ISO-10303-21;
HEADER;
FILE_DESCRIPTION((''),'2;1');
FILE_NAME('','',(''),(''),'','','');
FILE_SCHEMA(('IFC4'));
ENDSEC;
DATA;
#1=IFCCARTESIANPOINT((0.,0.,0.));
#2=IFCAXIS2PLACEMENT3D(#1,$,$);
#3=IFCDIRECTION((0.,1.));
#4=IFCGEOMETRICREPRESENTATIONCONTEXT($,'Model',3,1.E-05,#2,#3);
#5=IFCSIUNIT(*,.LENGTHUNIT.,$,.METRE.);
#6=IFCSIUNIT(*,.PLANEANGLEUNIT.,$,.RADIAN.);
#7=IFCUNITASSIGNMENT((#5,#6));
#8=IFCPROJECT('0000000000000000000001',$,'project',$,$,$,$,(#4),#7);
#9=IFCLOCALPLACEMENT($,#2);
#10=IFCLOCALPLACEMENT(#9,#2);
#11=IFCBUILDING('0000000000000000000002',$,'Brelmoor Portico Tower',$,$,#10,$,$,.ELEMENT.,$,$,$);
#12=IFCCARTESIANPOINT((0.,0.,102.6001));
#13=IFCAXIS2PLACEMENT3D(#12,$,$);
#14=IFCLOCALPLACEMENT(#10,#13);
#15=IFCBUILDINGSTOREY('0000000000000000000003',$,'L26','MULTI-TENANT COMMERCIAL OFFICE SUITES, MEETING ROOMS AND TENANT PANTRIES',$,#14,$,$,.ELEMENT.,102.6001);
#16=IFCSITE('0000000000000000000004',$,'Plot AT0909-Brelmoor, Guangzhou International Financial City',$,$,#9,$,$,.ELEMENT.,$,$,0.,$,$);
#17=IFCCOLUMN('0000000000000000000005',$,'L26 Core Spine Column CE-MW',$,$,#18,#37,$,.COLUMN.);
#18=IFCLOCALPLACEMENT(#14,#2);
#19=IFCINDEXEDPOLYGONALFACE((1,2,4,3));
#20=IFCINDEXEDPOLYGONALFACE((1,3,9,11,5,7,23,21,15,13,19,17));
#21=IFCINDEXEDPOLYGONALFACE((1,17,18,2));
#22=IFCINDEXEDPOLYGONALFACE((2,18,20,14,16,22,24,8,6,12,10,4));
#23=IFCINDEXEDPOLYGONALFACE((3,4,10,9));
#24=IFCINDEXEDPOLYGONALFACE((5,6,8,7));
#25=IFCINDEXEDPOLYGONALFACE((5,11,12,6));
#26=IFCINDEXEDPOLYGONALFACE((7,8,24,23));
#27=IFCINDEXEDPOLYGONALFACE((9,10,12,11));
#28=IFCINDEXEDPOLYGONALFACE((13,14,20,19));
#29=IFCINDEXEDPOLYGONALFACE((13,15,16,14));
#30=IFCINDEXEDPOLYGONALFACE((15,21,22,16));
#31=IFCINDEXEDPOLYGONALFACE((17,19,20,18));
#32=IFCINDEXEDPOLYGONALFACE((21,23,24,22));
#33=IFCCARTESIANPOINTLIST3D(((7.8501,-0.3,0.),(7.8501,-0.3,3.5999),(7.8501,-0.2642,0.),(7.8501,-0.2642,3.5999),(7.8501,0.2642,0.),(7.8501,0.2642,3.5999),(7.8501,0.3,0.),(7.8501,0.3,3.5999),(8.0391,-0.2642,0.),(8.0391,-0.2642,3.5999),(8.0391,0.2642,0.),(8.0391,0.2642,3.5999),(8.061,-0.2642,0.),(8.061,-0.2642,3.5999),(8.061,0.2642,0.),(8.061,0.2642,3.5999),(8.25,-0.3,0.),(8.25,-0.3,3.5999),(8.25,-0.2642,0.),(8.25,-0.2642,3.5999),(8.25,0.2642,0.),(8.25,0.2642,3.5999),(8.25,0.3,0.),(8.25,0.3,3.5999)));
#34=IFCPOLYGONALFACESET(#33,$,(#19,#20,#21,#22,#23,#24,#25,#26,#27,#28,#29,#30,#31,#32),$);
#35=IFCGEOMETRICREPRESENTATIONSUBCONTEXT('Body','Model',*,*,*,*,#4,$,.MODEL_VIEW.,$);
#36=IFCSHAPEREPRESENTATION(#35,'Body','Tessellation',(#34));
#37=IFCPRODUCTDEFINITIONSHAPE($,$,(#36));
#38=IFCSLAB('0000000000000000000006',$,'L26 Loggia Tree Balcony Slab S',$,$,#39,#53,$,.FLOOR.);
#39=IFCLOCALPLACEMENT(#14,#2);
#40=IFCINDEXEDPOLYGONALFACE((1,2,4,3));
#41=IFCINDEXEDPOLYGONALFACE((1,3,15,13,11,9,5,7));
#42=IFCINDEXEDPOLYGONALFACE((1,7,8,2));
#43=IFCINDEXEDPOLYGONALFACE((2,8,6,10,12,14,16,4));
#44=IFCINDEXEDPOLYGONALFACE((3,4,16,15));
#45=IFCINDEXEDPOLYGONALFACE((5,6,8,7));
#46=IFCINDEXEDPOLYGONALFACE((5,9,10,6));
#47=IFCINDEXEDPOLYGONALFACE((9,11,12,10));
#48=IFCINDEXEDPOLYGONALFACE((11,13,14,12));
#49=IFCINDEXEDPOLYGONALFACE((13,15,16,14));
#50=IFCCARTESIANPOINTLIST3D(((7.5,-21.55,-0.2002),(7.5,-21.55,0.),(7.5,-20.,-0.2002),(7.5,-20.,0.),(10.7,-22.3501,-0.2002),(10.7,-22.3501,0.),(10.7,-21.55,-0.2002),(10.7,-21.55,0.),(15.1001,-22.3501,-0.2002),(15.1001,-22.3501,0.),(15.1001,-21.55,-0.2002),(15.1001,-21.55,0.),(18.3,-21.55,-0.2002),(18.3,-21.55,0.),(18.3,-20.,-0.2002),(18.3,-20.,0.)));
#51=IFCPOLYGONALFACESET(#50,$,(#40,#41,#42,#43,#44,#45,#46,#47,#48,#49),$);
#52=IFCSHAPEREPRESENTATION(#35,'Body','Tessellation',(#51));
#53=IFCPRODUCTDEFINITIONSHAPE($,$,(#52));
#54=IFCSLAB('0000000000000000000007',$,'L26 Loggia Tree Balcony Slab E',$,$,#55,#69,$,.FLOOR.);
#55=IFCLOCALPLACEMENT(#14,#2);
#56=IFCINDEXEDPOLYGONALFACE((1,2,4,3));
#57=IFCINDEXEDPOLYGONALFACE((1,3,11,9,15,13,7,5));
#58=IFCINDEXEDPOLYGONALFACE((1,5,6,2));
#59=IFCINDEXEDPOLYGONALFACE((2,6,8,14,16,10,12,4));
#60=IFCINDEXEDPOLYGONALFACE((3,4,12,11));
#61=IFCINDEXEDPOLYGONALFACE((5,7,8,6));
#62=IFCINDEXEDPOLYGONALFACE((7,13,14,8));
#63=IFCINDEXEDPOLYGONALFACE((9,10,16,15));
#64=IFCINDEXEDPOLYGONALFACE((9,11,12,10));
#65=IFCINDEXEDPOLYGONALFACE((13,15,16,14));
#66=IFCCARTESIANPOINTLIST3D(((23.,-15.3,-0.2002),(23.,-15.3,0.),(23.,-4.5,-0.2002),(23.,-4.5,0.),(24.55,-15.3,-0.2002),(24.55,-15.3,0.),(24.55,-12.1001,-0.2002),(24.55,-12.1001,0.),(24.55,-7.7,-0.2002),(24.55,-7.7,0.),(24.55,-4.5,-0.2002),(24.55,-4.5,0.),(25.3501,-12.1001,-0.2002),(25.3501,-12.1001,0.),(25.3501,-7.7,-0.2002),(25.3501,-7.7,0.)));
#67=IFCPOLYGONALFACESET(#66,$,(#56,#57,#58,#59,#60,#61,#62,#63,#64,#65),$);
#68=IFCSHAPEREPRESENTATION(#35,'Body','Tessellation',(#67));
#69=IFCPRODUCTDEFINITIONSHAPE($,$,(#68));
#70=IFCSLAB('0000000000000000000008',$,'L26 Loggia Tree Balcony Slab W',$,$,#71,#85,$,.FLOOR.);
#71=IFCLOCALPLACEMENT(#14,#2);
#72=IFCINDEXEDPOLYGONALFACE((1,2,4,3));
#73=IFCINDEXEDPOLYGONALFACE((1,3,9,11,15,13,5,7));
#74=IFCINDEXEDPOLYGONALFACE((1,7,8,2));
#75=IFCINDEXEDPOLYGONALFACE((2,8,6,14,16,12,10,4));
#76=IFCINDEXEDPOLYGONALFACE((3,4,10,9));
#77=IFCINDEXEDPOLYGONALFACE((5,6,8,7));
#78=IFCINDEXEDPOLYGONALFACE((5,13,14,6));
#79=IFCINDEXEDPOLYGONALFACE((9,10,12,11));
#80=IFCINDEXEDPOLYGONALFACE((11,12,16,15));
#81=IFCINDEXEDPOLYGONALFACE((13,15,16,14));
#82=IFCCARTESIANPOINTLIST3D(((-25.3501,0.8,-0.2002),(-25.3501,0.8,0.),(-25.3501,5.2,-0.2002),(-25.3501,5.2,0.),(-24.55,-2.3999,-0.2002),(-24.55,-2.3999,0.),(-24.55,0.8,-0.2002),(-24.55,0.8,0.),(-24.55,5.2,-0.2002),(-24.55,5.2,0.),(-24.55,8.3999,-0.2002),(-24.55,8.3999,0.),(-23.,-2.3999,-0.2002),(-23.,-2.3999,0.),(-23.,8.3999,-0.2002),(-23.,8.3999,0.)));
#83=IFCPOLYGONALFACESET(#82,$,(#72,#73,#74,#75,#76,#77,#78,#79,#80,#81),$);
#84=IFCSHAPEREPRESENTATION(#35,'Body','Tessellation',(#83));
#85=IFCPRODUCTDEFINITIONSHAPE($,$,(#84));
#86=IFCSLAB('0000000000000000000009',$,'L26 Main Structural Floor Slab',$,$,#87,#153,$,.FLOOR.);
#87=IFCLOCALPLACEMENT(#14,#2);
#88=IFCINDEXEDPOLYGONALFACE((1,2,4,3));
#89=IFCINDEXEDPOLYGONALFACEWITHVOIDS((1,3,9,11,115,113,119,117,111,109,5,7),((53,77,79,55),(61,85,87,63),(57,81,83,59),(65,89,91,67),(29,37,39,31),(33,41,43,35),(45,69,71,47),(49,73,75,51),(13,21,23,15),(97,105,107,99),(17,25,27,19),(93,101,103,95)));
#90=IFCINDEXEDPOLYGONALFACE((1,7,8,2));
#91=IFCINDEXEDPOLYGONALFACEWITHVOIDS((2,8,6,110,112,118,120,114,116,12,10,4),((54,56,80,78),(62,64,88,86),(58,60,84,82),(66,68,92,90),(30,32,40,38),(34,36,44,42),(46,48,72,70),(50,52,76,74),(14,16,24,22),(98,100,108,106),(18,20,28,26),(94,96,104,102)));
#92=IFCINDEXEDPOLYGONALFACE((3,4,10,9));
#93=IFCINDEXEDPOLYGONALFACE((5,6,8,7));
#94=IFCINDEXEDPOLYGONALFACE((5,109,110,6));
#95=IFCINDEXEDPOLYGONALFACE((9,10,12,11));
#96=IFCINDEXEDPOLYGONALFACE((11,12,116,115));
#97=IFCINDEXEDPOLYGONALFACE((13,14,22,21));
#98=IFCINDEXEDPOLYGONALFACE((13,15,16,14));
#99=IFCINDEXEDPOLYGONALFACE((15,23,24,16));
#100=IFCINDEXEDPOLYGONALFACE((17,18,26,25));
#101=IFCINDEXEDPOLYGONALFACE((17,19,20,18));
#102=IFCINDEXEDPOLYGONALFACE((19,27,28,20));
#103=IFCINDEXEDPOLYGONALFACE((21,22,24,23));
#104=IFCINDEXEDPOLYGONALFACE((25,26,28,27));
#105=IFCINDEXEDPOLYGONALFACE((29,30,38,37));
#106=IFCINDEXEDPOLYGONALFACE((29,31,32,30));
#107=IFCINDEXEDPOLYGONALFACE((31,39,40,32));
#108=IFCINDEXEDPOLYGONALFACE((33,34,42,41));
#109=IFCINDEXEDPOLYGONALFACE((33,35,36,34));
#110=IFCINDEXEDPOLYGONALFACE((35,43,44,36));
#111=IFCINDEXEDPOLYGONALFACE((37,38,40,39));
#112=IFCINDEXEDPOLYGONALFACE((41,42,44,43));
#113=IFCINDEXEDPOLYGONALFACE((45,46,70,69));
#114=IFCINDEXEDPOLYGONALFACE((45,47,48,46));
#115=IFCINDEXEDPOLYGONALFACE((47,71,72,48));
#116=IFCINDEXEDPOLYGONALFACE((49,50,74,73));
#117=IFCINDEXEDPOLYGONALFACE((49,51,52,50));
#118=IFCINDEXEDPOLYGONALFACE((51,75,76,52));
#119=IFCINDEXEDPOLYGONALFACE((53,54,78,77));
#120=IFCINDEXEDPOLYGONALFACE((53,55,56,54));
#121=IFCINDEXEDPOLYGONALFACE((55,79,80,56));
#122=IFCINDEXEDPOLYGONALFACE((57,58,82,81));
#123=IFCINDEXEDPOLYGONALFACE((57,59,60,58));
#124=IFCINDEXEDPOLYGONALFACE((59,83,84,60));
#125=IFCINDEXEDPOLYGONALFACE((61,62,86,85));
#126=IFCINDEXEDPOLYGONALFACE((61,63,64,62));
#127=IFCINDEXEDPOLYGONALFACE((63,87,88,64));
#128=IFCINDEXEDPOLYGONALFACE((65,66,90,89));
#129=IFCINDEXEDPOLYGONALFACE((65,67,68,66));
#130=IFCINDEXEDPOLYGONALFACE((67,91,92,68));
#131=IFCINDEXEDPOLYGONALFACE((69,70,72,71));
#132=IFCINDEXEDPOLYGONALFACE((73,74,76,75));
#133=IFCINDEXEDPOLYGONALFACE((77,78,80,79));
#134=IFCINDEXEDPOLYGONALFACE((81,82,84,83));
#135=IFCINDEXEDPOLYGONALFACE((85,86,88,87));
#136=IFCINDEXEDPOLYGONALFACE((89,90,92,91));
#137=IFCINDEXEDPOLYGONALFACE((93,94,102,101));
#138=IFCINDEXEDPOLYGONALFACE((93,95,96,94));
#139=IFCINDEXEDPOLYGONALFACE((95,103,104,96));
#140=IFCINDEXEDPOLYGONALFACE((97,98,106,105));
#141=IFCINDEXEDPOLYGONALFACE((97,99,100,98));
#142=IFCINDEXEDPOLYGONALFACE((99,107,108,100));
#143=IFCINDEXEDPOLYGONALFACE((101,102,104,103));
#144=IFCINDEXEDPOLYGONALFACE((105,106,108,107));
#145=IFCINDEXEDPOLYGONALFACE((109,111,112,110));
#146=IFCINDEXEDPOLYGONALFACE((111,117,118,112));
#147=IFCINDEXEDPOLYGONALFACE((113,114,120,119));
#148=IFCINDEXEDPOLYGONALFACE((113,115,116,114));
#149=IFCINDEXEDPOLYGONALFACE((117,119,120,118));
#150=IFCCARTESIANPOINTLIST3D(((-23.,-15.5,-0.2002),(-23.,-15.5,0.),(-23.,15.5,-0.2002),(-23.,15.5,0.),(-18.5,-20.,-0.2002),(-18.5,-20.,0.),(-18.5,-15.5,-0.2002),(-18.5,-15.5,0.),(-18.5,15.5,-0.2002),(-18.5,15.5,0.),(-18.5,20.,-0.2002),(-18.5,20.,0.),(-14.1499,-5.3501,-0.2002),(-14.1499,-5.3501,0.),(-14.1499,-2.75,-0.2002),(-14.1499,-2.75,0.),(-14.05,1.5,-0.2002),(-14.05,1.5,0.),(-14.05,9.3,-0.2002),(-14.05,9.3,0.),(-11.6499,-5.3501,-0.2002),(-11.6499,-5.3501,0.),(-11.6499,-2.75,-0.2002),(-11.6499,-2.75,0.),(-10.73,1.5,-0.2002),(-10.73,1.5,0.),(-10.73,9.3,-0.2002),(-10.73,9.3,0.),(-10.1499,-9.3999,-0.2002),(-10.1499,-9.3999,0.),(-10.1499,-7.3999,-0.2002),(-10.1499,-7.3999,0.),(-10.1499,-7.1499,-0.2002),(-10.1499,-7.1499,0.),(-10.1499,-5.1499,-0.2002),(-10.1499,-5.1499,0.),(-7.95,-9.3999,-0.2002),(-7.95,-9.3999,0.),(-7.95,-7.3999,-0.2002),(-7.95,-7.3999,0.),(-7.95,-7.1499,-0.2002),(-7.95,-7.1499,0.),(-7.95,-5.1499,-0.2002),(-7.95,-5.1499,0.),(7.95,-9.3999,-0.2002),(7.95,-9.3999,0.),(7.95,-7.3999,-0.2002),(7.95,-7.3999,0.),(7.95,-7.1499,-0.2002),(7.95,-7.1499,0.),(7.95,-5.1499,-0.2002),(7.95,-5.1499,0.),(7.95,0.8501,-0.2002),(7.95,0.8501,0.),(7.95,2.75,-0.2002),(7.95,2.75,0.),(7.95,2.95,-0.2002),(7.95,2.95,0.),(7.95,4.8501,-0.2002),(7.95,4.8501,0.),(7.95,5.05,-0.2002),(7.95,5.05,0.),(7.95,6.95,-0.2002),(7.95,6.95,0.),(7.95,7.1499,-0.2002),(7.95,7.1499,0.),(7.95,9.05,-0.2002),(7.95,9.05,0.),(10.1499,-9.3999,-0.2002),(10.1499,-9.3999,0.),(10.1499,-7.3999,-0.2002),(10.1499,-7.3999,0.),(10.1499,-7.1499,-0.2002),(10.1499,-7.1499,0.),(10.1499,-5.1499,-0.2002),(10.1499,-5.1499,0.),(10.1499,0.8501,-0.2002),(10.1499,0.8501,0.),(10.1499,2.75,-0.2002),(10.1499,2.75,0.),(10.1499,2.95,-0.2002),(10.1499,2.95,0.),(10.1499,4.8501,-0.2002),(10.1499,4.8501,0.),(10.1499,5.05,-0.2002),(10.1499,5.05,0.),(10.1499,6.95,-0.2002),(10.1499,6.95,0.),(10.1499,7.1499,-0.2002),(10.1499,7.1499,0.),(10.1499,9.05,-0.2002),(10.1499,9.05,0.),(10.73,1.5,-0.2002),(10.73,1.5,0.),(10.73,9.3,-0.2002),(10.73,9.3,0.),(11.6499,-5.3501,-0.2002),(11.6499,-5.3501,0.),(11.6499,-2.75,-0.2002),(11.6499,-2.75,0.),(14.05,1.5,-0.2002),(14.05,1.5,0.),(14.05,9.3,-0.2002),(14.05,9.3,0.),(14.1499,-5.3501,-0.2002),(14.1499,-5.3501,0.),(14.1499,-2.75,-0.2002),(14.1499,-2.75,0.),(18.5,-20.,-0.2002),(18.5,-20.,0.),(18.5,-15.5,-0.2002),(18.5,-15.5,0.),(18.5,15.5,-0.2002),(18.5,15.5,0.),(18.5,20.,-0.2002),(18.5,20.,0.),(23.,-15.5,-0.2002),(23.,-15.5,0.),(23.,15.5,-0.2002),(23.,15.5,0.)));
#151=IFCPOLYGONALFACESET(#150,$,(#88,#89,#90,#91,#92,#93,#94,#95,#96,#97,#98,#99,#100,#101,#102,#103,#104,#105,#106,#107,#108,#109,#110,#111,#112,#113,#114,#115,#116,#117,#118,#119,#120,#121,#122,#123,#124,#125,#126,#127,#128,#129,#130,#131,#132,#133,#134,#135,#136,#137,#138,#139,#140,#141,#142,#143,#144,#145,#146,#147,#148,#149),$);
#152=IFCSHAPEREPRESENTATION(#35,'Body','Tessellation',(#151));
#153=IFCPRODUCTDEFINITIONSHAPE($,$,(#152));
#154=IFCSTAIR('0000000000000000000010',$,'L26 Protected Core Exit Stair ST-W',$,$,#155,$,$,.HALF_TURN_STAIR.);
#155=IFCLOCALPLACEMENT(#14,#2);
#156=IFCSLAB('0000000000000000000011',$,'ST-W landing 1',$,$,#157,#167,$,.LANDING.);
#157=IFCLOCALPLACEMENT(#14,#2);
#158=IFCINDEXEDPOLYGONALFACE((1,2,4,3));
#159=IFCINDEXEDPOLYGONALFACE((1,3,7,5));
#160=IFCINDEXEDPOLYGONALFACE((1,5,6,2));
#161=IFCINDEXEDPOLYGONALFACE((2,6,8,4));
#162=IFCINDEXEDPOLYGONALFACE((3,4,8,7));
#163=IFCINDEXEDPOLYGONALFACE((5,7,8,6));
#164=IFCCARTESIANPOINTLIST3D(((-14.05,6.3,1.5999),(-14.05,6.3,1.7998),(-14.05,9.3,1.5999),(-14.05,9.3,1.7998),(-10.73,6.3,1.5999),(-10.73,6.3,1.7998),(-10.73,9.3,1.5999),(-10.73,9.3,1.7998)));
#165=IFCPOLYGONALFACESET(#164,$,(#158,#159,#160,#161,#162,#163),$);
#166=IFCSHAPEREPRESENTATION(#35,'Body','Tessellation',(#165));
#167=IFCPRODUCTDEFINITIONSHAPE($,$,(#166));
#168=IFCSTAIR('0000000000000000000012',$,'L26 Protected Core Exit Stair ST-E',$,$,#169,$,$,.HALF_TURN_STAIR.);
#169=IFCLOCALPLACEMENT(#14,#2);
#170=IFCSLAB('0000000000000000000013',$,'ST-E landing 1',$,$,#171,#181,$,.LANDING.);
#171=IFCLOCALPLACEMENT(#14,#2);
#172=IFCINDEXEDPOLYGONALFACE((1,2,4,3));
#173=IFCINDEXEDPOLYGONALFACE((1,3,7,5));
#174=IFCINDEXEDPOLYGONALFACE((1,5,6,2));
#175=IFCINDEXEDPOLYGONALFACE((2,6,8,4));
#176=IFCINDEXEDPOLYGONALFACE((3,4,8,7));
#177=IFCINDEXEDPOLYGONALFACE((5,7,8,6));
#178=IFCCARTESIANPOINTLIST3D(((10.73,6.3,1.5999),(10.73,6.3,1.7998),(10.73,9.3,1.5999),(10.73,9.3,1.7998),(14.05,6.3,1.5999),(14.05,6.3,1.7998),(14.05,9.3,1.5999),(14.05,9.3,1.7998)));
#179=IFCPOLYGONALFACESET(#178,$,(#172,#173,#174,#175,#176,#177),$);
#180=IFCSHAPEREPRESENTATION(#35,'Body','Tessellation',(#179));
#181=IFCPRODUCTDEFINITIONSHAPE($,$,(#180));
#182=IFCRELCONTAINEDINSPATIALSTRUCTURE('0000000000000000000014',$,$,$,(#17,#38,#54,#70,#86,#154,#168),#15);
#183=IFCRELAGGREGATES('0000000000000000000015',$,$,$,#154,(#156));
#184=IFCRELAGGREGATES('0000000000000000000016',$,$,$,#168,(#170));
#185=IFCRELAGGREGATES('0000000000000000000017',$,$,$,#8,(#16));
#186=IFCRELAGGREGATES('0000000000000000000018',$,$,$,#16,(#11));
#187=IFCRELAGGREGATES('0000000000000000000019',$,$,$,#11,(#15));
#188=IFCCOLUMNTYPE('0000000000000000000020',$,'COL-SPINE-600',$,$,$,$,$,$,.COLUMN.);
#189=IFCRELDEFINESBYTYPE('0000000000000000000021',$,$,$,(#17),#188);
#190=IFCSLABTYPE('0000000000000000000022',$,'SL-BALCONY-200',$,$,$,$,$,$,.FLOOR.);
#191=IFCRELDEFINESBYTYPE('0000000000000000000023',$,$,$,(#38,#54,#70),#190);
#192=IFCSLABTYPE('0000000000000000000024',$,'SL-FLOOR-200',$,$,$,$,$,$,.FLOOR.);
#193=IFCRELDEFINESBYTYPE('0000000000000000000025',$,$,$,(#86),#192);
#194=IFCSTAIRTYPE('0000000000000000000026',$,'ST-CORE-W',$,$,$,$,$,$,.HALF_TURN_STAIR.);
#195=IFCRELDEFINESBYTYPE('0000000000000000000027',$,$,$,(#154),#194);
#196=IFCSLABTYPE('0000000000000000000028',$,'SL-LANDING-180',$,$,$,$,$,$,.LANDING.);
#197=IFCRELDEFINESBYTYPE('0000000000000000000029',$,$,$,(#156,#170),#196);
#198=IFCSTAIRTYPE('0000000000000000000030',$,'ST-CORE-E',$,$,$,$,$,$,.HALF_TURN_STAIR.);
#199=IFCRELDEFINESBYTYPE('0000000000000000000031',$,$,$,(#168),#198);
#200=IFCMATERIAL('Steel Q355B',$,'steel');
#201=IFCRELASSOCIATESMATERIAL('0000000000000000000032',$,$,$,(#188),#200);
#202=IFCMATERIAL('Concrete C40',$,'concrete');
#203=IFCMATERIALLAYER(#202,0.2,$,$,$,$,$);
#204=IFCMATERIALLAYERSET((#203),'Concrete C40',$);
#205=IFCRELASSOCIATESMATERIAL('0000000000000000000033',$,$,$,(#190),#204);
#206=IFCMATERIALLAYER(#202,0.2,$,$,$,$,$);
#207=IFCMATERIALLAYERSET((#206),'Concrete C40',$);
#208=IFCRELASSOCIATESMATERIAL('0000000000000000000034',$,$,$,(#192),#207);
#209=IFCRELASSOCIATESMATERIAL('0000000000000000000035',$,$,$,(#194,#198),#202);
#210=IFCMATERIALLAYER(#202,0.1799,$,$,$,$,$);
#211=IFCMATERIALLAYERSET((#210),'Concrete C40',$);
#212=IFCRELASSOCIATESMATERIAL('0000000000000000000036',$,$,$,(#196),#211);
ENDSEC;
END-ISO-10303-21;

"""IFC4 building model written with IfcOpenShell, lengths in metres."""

from ifc_helpers import new_model, si_unit, direction, frame, origin, origin_2d, place, context, subcontext, project, spatial, polyline, i_section, outline, extrude, material, layer, layer_set, material_profile, profile_set, type_object, element, aggregate, save


model = new_model("IFC4")

# Units and contexts
model_context = context("Model", 3, precision=1e-05, world=origin(), true_north=direction((0.0, 1.0)))
body_context = subcontext(model_context, "Body", "Model", "MODEL_VIEW")
ifc_project = project(units=[si_unit("LENGTHUNIT", "METRE"), si_unit("PLANEANGLEUNIT", "RADIAN")], contexts=[model_context])

# Site, building, storey
site_placement = place(None, origin())
site = spatial("IfcSite", under=ifc_project, at=site_placement, Name="Plot AT0909-Brelmoor, Guangzhou International Financial City", CompositionType="ELEMENT", RefElevation=0.0)
building_placement = place(site_placement, origin())
building = spatial("IfcBuilding", under=site, at=building_placement, Name="Brelmoor Portico Tower", CompositionType="ELEMENT")
storey_placement = place(building_placement, frame((0.0, 0.0, 102.6001)))
storey = spatial("IfcBuildingStorey", under=building, at=storey_placement, Name="L26", Description="MULTI-TENANT COMMERCIAL OFFICE SUITES, MEETING ROOMS AND TENANT PANTRIES", CompositionType="ELEMENT", Elevation=102.6001)

# Column
ifc_material_1 = material(Name="Steel Q355B", Category="steel")
ifc_material_profile = material_profile(ifc_material_1, i_section(OverallWidth=0.3999, OverallDepth=0.6001, WebThickness=0.022, FlangeThickness=0.0359, at=origin_2d()), Name="HW 600x400x22x36")
ifc_profile_set = profile_set([ifc_material_profile], Name="Steel Q355B")
column_type = type_object("IfcColumnType", Name="COL-SPINE-600", PredefinedType="COLUMN", material=ifc_profile_set)
column_placement = place(storey_placement, frame((8.05, 0.0, 0.0), z_axis=(0.0, 0.0, 1.0), x_axis=(1.0, 0.0, 0.0)))
element("IfcColumn", 1, at=column_placement, inside=storey, type_object=column_type, Name="L26 Core Spine Column CE-MW", PredefinedType="COLUMN", context=body_context, shape_type="SweptSolid", body=[
    extrude(i_section(OverallWidth=0.3999, OverallDepth=0.6001, WebThickness=0.022, FlangeThickness=0.0359, at=origin_2d()), origin(), (0.0, 0.0, 1.0), 3.5999),
])

# Slabs
ifc_material_2 = material(Name="Concrete C40", Category="concrete")
ifc_layer_1 = layer(ifc_material_2, 0.2)
ifc_layer_set_1 = layer_set([ifc_layer_1], Name="Concrete C40")
slab_type_1 = type_object("IfcSlabType", Name="SL-BALCONY-200", PredefinedType="FLOOR", material=ifc_layer_set_1)
slab_1_placement = place(storey_placement, frame((0.0, 0.0, -0.2002)))
element("IfcSlab", 2, at=slab_1_placement, inside=storey, type_object=slab_type_1, Name="L26 Loggia Tree Balcony Slab S", PredefinedType="FLOOR", context=body_context, shape_type="SweptSolid", body=[
    extrude(outline(polyline([(7.5, -21.55), (10.7, -21.55), (10.7, -22.3501), (15.1001, -22.3501), (15.1001, -21.55), (18.3, -21.55), (18.3, -20.0), (7.5, -20.0), (7.5, -21.55)])), origin(), (0.0, 0.0, 1.0), 0.2002),
])
slab_2_placement = place(storey_placement, frame((0.0, 0.0, -0.2002)))
element("IfcSlab", 3, at=slab_2_placement, inside=storey, type_object=slab_type_1, Name="L26 Loggia Tree Balcony Slab E", PredefinedType="FLOOR", context=body_context, shape_type="SweptSolid", body=[
    extrude(outline(polyline([(23.0, -15.3), (24.55, -15.3), (24.55, -12.1001), (25.3501, -12.1001), (25.3501, -7.7), (24.55, -7.7), (24.55, -4.5), (23.0, -4.5), (23.0, -15.3)])), origin(), (0.0, 0.0, 1.0), 0.2002),
])
slab_3_placement = place(storey_placement, frame((0.0, 0.0, -0.2002)))
element("IfcSlab", 4, at=slab_3_placement, inside=storey, type_object=slab_type_1, Name="L26 Loggia Tree Balcony Slab W", PredefinedType="FLOOR", context=body_context, shape_type="SweptSolid", body=[
    extrude(outline(polyline([(-24.55, -2.3999), (-23.0, -2.3999), (-23.0, 8.3999), (-24.55, 8.3999), (-24.55, 5.2), (-25.3501, 5.2), (-25.3501, 0.8), (-24.55, 0.8), (-24.55, -2.3999)])), origin(), (0.0, 0.0, 1.0), 0.2002),
])
ifc_layer_2 = layer(ifc_material_2, 0.2)
ifc_layer_set_2 = layer_set([ifc_layer_2], Name="Concrete C40")
slab_type_2 = type_object("IfcSlabType", Name="SL-FLOOR-200", PredefinedType="FLOOR", material=ifc_layer_set_2)
slab_4_placement = place(storey_placement, frame((0.0, 0.0, -0.2002)))
element("IfcSlab", 5, at=slab_4_placement, inside=storey, type_object=slab_type_2, Name="L26 Main Structural Floor Slab", PredefinedType="FLOOR", context=body_context, shape_type="SweptSolid", body=[
    extrude(outline(polyline([(-18.5, -20.0), (18.5, -20.0), (18.5, -15.5), (23.0, -15.5), (23.0, 15.5), (18.5, 15.5), (18.5, 20.0), (-18.5, 20.0), (-18.5, 15.5), (-23.0, 15.5), (-23.0, -15.5), (-18.5, -15.5), (-18.5, -20.0)]), holes=[polyline([(-10.73, 1.5), (-10.73, 9.3), (-14.05, 9.3), (-14.05, 1.5), (-10.73, 1.5)]), polyline([(14.05, 1.5), (14.05, 9.3), (10.73, 9.3), (10.73, 1.5), (14.05, 1.5)]), polyline([(7.95, 0.8501), (10.1499, 0.8501), (10.1499, 2.75), (7.95, 2.75), (7.95, 0.8501)]), polyline([(7.95, 2.95), (10.1499, 2.95), (10.1499, 4.8501), (7.95, 4.8501), (7.95, 2.95)]), polyline([(7.95, 5.05), (10.1499, 5.05), (10.1499, 6.95), (7.95, 6.95), (7.95, 5.05)]), polyline([(7.95, 7.1499), (10.1499, 7.1499), (10.1499, 9.05), (7.95, 9.05), (7.95, 7.1499)]), polyline([(-10.1499, -9.3999), (-7.95, -9.3999), (-7.95, -7.3999), (-10.1499, -7.3999), (-10.1499, -9.3999)]), polyline([(-10.1499, -7.1499), (-7.95, -7.1499), (-7.95, -5.1499), (-10.1499, -5.1499), (-10.1499, -7.1499)]), polyline([(7.95, -9.3999), (10.1499, -9.3999), (10.1499, -7.3999), (7.95, -7.3999), (7.95, -9.3999)]), polyline([(7.95, -7.1499), (10.1499, -7.1499), (10.1499, -5.1499), (7.95, -5.1499), (7.95, -7.1499)]), polyline([(-14.1499, -5.3501), (-11.6499, -5.3501), (-11.6499, -2.75), (-14.1499, -2.75), (-14.1499, -5.3501)]), polyline([(11.6499, -5.3501), (14.1499, -5.3501), (14.1499, -2.75), (11.6499, -2.75), (11.6499, -5.3501)])]), origin(), (0.0, 0.0, 1.0), 0.2002),
])

# Stairs, slabs
stair_type_1 = type_object("IfcStairType", Name="ST-CORE-W", PredefinedType="HALF_TURN_STAIR", material=ifc_material_2)
stair_1_placement = place(storey_placement, origin())
stair_1 = element("IfcStair", 6, at=stair_1_placement, inside=storey, type_object=stair_type_1, Name="L26 Protected Core Exit Stair ST-W", PredefinedType="HALF_TURN_STAIR")
ifc_layer_3 = layer(ifc_material_2, 0.1799)
ifc_layer_set_3 = layer_set([ifc_layer_3], Name="Concrete C40")
slab_type_3 = type_object("IfcSlabType", Name="SL-LANDING-180", PredefinedType="LANDING", material=ifc_layer_set_3)
slab_5_placement = place(storey_placement, frame((0.0, 0.0, 1.5999)))
slab_5 = element("IfcSlab", 7, at=slab_5_placement, type_object=slab_type_3, Name="ST-W landing 1", PredefinedType="LANDING", context=body_context, shape_type="SweptSolid", body=[
    extrude(outline(polyline([(-10.73, 6.3), (-10.73, 9.3), (-14.05, 9.3), (-14.05, 6.3), (-10.73, 6.3)])), origin(), (0.0, 0.0, 1.0), 0.2),
])
aggregate(stair_1, [slab_5])
stair_type_2 = type_object("IfcStairType", Name="ST-CORE-E", PredefinedType="HALF_TURN_STAIR", material=ifc_material_2)
stair_2_placement = place(storey_placement, origin())
stair_2 = element("IfcStair", 8, at=stair_2_placement, inside=storey, type_object=stair_type_2, Name="L26 Protected Core Exit Stair ST-E", PredefinedType="HALF_TURN_STAIR")
slab_6_placement = place(storey_placement, frame((0.0, 0.0, 1.5999)))
slab_6 = element("IfcSlab", 9, at=slab_6_placement, type_object=slab_type_3, Name="ST-E landing 1", PredefinedType="LANDING", context=body_context, shape_type="SweptSolid", body=[
    extrude(outline(polyline([(14.05, 6.3), (14.05, 9.3), (10.73, 9.3), (10.73, 6.3), (14.05, 6.3)])), origin(), (0.0, 0.0, 1.0), 0.2),
])
aggregate(stair_2, [slab_6])

save(model, "model.ifc")
